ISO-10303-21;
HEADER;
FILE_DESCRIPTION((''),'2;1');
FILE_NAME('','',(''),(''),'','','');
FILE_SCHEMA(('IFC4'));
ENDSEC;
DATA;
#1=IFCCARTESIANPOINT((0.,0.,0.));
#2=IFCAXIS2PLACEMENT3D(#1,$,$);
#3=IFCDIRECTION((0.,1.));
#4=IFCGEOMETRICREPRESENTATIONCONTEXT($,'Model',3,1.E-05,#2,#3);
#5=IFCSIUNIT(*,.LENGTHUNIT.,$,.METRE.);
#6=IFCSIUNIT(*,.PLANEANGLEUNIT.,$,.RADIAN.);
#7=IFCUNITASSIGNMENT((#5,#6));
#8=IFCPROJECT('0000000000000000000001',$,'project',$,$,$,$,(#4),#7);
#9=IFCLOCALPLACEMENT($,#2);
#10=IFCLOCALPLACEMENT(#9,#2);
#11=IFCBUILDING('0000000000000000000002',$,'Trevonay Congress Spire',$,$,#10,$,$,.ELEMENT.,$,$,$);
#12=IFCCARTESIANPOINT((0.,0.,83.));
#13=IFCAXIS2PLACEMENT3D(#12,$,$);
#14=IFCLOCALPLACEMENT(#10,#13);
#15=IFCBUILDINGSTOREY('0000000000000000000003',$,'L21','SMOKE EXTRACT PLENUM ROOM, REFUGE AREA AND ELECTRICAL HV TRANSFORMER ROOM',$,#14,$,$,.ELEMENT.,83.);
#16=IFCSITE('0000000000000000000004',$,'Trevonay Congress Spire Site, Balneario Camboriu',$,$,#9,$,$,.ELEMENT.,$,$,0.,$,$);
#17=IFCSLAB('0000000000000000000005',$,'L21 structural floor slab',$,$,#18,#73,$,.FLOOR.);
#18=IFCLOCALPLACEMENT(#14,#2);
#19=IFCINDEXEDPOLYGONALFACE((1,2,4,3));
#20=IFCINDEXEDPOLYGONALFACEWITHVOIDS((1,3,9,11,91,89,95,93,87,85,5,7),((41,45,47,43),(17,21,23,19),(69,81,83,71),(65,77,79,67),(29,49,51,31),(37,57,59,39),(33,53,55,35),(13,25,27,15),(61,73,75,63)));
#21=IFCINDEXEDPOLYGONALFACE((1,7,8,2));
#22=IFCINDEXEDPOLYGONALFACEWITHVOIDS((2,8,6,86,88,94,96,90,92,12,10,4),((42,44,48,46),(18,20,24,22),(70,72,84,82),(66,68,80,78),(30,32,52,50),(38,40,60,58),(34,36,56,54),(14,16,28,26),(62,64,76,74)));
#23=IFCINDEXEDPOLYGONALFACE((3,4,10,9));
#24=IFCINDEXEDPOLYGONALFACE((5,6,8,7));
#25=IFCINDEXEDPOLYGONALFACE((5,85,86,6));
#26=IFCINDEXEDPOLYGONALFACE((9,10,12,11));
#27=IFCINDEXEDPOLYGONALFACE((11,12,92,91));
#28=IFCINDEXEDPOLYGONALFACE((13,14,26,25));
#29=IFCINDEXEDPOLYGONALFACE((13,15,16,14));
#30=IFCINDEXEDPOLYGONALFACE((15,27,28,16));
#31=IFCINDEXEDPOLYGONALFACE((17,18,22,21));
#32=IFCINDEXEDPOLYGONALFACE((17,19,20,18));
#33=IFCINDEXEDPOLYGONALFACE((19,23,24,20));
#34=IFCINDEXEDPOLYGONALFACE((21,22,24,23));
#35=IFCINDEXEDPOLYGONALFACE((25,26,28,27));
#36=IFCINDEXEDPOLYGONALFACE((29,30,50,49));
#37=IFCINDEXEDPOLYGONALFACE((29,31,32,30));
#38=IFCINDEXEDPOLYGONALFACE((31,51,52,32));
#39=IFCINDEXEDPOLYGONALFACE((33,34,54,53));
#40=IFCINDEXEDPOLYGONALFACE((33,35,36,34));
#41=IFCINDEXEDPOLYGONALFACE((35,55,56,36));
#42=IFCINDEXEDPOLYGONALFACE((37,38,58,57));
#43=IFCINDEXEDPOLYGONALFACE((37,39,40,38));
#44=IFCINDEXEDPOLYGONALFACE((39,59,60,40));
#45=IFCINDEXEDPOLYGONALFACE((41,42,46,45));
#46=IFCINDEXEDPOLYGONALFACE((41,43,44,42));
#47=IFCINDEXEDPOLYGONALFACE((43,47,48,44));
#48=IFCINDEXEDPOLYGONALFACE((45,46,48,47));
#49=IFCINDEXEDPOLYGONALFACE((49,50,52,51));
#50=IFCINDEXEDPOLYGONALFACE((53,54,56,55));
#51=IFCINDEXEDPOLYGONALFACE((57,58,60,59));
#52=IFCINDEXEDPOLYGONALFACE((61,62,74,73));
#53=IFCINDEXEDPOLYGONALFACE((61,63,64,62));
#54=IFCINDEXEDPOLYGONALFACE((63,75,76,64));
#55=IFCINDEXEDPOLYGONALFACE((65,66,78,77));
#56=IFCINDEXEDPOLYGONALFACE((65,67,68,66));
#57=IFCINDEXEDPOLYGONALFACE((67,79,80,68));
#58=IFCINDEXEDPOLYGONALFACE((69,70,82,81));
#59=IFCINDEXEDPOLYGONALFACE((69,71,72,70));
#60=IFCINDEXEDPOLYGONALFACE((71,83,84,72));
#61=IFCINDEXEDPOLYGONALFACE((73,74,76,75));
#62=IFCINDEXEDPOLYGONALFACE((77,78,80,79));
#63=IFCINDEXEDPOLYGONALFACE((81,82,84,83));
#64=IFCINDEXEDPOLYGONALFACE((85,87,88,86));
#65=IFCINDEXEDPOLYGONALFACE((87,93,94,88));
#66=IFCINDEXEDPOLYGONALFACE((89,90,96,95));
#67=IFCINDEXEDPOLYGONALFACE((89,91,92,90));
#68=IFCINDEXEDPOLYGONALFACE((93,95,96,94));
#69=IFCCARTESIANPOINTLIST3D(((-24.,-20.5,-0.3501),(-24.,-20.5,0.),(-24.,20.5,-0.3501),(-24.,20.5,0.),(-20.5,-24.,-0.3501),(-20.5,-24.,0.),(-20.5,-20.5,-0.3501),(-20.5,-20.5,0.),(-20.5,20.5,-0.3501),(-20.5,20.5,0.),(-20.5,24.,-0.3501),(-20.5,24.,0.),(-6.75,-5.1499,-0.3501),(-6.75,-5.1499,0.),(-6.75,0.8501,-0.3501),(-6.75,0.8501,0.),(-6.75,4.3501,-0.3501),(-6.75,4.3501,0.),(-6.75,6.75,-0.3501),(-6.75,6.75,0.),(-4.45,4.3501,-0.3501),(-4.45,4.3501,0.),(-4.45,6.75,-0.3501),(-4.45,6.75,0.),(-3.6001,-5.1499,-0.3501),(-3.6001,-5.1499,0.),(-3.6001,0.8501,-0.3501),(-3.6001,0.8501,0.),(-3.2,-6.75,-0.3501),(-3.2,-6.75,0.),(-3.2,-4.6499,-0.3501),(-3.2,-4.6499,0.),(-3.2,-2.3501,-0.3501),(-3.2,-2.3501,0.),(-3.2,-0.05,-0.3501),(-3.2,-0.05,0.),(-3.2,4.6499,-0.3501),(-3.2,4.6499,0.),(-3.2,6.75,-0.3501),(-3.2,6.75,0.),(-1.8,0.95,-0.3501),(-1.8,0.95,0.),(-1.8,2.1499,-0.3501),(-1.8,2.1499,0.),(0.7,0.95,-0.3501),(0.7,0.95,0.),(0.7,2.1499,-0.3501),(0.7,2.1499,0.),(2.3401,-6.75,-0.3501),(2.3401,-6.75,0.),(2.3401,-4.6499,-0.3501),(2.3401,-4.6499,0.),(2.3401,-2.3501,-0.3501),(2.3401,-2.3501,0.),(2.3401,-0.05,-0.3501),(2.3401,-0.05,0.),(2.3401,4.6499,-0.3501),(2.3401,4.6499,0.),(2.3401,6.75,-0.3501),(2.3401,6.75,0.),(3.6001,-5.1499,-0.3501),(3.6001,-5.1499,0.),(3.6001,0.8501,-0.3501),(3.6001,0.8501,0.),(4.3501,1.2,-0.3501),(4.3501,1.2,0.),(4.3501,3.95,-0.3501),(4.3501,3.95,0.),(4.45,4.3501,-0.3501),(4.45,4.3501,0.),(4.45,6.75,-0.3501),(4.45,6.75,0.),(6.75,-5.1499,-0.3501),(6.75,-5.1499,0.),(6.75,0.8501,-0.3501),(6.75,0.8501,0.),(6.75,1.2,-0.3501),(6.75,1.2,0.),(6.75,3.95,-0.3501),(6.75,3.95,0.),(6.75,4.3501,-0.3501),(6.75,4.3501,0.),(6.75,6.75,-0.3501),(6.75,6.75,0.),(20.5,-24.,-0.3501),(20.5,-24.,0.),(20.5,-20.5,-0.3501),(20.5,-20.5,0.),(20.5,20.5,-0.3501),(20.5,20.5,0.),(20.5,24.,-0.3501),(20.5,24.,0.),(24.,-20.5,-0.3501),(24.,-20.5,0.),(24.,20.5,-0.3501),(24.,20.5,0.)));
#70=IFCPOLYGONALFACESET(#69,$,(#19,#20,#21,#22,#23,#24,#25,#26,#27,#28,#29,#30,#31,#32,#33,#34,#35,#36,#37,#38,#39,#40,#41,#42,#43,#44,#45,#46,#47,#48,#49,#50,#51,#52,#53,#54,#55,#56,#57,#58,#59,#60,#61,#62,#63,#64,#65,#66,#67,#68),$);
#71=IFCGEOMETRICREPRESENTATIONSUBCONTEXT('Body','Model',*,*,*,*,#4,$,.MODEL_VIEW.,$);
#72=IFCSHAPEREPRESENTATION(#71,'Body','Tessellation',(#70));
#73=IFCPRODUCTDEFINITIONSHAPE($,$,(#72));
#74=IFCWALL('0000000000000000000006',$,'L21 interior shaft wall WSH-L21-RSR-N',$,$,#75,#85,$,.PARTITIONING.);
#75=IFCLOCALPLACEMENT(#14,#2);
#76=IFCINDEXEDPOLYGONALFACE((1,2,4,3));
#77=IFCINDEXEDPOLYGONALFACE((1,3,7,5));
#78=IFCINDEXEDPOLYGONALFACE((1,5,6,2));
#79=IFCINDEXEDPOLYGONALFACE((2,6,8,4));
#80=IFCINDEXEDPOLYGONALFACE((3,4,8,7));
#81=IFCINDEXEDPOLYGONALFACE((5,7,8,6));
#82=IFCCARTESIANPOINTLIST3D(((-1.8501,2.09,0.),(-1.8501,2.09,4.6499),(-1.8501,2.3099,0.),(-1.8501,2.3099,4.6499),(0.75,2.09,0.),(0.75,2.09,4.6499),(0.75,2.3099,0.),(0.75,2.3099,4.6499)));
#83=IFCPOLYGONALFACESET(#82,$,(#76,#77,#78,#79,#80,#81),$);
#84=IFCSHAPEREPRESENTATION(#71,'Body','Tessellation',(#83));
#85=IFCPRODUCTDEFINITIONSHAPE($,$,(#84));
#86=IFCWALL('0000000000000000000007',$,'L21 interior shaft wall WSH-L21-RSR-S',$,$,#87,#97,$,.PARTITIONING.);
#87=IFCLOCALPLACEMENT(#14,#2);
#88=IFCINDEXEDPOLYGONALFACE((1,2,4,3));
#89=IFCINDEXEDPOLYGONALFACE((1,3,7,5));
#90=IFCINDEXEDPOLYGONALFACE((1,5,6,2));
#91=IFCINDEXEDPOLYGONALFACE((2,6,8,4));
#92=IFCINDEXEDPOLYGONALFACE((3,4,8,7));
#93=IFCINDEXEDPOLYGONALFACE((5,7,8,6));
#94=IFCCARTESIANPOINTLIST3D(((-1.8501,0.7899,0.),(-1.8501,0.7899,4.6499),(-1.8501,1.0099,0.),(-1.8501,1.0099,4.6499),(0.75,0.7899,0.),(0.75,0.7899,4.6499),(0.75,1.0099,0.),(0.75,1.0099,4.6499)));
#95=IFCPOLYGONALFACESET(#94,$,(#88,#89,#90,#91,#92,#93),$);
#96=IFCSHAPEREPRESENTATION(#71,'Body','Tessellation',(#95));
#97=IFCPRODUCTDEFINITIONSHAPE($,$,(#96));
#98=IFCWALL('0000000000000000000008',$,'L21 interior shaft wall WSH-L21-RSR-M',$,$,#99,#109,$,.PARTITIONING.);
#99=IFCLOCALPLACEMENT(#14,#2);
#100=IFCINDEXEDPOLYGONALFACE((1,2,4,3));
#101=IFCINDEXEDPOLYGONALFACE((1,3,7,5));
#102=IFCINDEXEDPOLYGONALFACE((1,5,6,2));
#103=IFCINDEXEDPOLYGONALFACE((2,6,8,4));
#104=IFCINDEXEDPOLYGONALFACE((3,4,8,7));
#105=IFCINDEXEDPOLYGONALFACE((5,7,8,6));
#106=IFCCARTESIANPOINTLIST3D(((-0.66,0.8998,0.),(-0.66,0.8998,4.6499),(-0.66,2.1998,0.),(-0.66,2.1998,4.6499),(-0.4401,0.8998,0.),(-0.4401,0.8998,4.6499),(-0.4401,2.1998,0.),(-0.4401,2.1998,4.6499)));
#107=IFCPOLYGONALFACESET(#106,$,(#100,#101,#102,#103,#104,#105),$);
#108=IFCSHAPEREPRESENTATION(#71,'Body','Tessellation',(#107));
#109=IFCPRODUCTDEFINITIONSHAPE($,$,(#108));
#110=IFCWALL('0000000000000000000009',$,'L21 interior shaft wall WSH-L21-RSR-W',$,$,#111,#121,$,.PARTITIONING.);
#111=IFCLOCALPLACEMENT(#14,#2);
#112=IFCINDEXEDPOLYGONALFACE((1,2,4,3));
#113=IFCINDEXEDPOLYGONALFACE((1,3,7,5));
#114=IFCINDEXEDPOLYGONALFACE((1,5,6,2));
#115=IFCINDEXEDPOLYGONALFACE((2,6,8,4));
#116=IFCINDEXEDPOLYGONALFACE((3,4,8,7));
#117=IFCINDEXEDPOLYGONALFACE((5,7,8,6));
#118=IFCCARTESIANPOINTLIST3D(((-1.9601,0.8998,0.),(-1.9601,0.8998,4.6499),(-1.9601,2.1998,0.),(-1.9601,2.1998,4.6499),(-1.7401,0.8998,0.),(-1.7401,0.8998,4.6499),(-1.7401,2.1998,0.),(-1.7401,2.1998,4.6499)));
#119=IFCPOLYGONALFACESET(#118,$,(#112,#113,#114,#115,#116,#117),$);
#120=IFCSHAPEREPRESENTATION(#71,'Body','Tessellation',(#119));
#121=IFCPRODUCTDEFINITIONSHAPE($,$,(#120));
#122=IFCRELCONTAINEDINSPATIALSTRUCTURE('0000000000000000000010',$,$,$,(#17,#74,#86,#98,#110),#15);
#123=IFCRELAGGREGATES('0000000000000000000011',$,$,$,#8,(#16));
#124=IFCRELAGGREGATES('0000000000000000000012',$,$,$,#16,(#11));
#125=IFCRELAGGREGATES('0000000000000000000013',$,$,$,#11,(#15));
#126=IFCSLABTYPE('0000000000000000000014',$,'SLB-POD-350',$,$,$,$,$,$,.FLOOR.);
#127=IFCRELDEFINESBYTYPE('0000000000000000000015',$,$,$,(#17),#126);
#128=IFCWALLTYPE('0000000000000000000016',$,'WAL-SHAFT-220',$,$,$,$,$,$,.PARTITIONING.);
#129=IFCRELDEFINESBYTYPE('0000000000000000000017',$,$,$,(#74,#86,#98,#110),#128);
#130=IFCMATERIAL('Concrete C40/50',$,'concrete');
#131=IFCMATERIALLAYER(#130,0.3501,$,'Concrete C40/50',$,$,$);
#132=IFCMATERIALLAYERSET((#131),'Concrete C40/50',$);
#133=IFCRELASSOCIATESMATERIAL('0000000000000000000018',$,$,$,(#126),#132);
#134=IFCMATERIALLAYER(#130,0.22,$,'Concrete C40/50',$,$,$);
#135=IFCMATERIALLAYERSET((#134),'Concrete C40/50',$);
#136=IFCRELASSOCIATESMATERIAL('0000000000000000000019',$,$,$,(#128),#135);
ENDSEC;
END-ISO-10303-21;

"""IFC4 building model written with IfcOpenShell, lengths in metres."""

from ifc_helpers import new_model, si_unit, direction, frame, frame_2d, origin, place, context, subcontext, project, spatial, polyline, rectangle, outline, extrude, material, layer, layer_set, type_object, element, save


model = new_model("IFC4")

# Units and contexts
model_context = context("Model", 3, precision=1e-05, world=origin(), true_north=direction((0.0, 1.0)))
body_context = subcontext(model_context, "Body", "Model", "MODEL_VIEW")
ifc_project = project(units=[si_unit("LENGTHUNIT", "METRE"), si_unit("PLANEANGLEUNIT", "RADIAN")], contexts=[model_context])

# Site, building, storey
site_placement = place(None, origin())
site = spatial("IfcSite", under=ifc_project, at=site_placement, Name="Trevonay Congress Spire Site, Balneario Camboriu", CompositionType="ELEMENT", RefElevation=0.0)
building_placement = place(site_placement, origin())
building = spatial("IfcBuilding", under=site, at=building_placement, Name="Trevonay Congress Spire", CompositionType="ELEMENT")
storey_placement = place(building_placement, frame((0.0, 0.0, 83.0)))
storey = spatial("IfcBuildingStorey", under=building, at=storey_placement, Name="L21", Description="SMOKE EXTRACT PLENUM ROOM, REFUGE AREA AND ELECTRICAL HV TRANSFORMER ROOM", CompositionType="ELEMENT", Elevation=83.0)

# Slab
ifc_material_1 = material(Name="Concrete C40/50", Category="concrete")
ifc_layer_1 = layer(ifc_material_1, 0.3501, Name="Concrete C40/50")
ifc_layer_set_1 = layer_set([ifc_layer_1], Name="Concrete C40/50")
slab_type = type_object("IfcSlabType", Name="SLB-POD-350", PredefinedType="FLOOR", material=ifc_layer_set_1)
slab_placement = place(storey_placement, frame((0.0, 0.0, -0.3501)))
element("IfcSlab", 1, at=slab_placement, inside=storey, type_object=slab_type, Name="L21 structural floor slab", PredefinedType="FLOOR", context=body_context, shape_type="SweptSolid", body=[
    extrude(outline(polyline([(-20.5, -24.0), (20.5, -24.0), (20.5, -20.5), (24.0, -20.5), (24.0, 20.5), (20.5, 20.5), (20.5, 24.0), (-20.5, 24.0), (-20.5, 20.5), (-24.0, 20.5), (-24.0, -20.5), (-20.5, -20.5), (-20.5, -24.0)]), holes=[polyline([(-3.6001, -5.1499), (-3.6001, 0.8501), (-6.75, 0.8501), (-6.75, -5.1499), (-3.6001, -5.1499)]), polyline([(6.75, -5.1499), (6.75, 0.8501), (3.6001, 0.8501), (3.6001, -5.1499), (6.75, -5.1499)]), polyline([(-3.2, -6.75), (2.3401, -6.75), (2.3401, -4.6499), (-3.2, -4.6499), (-3.2, -6.75)]), polyline([(-3.2, -2.3501), (2.3401, -2.3501), (2.3401, -0.05), (-3.2, -0.05), (-3.2, -2.3501)]), polyline([(-3.2, 4.6499), (2.3401, 4.6499), (2.3401, 6.75), (-3.2, 6.75), (-3.2, 4.6499)]), polyline([(-6.75, 4.3501), (-4.45, 4.3501), (-4.45, 6.75), (-6.75, 6.75), (-6.75, 4.3501)]), polyline([(4.45, 4.3501), (6.75, 4.3501), (6.75, 6.75), (4.45, 6.75), (4.45, 4.3501)]), polyline([(4.3501, 1.2), (6.75, 1.2), (6.75, 3.95), (4.3501, 3.95), (4.3501, 1.2)]), polyline([(-1.8, 0.95), (0.7, 0.95), (0.7, 2.1499), (-1.8, 2.1499), (-1.8, 0.95)])]), origin(), (0.0, 0.0, 1.0), 0.3501),
])

# Walls
ifc_layer_2 = layer(ifc_material_1, 0.22, Name="Concrete C40/50")
ifc_layer_set_2 = layer_set([ifc_layer_2], Name="Concrete C40/50")
wall_type_1 = type_object("IfcWallType", Name="WAL-SHAFT-220", PredefinedType="PARTITIONING", material=ifc_layer_set_2)
for number, where, z_axis, x_axis, name in (
    (2, (-1.8501, 2.2, 0.0), (0.0, 0.0, 1.0), (1.0, 0.0, 0.0), "L21 interior shaft wall WSH-L21-RSR-N"),
    (3, (-1.8501, 0.8999, 0.0), (0.0, 0.0, 1.0), (1.0, 0.0, 0.0), "L21 interior shaft wall WSH-L21-RSR-S"),
):
    element("IfcWall", number, at=place(storey_placement, frame(where, z_axis=z_axis, x_axis=x_axis)), inside=storey, type_object=wall_type_1, Name=name, PredefinedType="PARTITIONING", context=body_context, shape_type="SweptSolid", body=[
        extrude(rectangle(XDim=2.6001, YDim=0.22, at=frame_2d((1.3, 0.0))), origin(), (0.0, 0.0, 1.0), 4.6499),
    ])
for number, where, z_axis, x_axis, name in (
    (4, (-0.55, 0.8999, 0.0), (0.0, 0.0, 1.0), (0.0, 1.0, 0.0), "L21 interior shaft wall WSH-L21-RSR-M"),
    (5, (-1.8501, 0.8999, 0.0), (0.0, 0.0, 1.0), (0.0, 1.0, 0.0), "L21 interior shaft wall WSH-L21-RSR-W"),
):
    element("IfcWall", number, at=place(storey_placement, frame(where, z_axis=z_axis, x_axis=x_axis)), inside=storey, type_object=wall_type_1, Name=name, PredefinedType="PARTITIONING", context=body_context, shape_type="SweptSolid", body=[
        extrude(rectangle(XDim=1.3, YDim=0.22, at=frame_2d((0.6499, 0.0))), origin(), (0.0, 0.0, 1.0), 4.6499),
    ])

save(model, "model.ifc")
